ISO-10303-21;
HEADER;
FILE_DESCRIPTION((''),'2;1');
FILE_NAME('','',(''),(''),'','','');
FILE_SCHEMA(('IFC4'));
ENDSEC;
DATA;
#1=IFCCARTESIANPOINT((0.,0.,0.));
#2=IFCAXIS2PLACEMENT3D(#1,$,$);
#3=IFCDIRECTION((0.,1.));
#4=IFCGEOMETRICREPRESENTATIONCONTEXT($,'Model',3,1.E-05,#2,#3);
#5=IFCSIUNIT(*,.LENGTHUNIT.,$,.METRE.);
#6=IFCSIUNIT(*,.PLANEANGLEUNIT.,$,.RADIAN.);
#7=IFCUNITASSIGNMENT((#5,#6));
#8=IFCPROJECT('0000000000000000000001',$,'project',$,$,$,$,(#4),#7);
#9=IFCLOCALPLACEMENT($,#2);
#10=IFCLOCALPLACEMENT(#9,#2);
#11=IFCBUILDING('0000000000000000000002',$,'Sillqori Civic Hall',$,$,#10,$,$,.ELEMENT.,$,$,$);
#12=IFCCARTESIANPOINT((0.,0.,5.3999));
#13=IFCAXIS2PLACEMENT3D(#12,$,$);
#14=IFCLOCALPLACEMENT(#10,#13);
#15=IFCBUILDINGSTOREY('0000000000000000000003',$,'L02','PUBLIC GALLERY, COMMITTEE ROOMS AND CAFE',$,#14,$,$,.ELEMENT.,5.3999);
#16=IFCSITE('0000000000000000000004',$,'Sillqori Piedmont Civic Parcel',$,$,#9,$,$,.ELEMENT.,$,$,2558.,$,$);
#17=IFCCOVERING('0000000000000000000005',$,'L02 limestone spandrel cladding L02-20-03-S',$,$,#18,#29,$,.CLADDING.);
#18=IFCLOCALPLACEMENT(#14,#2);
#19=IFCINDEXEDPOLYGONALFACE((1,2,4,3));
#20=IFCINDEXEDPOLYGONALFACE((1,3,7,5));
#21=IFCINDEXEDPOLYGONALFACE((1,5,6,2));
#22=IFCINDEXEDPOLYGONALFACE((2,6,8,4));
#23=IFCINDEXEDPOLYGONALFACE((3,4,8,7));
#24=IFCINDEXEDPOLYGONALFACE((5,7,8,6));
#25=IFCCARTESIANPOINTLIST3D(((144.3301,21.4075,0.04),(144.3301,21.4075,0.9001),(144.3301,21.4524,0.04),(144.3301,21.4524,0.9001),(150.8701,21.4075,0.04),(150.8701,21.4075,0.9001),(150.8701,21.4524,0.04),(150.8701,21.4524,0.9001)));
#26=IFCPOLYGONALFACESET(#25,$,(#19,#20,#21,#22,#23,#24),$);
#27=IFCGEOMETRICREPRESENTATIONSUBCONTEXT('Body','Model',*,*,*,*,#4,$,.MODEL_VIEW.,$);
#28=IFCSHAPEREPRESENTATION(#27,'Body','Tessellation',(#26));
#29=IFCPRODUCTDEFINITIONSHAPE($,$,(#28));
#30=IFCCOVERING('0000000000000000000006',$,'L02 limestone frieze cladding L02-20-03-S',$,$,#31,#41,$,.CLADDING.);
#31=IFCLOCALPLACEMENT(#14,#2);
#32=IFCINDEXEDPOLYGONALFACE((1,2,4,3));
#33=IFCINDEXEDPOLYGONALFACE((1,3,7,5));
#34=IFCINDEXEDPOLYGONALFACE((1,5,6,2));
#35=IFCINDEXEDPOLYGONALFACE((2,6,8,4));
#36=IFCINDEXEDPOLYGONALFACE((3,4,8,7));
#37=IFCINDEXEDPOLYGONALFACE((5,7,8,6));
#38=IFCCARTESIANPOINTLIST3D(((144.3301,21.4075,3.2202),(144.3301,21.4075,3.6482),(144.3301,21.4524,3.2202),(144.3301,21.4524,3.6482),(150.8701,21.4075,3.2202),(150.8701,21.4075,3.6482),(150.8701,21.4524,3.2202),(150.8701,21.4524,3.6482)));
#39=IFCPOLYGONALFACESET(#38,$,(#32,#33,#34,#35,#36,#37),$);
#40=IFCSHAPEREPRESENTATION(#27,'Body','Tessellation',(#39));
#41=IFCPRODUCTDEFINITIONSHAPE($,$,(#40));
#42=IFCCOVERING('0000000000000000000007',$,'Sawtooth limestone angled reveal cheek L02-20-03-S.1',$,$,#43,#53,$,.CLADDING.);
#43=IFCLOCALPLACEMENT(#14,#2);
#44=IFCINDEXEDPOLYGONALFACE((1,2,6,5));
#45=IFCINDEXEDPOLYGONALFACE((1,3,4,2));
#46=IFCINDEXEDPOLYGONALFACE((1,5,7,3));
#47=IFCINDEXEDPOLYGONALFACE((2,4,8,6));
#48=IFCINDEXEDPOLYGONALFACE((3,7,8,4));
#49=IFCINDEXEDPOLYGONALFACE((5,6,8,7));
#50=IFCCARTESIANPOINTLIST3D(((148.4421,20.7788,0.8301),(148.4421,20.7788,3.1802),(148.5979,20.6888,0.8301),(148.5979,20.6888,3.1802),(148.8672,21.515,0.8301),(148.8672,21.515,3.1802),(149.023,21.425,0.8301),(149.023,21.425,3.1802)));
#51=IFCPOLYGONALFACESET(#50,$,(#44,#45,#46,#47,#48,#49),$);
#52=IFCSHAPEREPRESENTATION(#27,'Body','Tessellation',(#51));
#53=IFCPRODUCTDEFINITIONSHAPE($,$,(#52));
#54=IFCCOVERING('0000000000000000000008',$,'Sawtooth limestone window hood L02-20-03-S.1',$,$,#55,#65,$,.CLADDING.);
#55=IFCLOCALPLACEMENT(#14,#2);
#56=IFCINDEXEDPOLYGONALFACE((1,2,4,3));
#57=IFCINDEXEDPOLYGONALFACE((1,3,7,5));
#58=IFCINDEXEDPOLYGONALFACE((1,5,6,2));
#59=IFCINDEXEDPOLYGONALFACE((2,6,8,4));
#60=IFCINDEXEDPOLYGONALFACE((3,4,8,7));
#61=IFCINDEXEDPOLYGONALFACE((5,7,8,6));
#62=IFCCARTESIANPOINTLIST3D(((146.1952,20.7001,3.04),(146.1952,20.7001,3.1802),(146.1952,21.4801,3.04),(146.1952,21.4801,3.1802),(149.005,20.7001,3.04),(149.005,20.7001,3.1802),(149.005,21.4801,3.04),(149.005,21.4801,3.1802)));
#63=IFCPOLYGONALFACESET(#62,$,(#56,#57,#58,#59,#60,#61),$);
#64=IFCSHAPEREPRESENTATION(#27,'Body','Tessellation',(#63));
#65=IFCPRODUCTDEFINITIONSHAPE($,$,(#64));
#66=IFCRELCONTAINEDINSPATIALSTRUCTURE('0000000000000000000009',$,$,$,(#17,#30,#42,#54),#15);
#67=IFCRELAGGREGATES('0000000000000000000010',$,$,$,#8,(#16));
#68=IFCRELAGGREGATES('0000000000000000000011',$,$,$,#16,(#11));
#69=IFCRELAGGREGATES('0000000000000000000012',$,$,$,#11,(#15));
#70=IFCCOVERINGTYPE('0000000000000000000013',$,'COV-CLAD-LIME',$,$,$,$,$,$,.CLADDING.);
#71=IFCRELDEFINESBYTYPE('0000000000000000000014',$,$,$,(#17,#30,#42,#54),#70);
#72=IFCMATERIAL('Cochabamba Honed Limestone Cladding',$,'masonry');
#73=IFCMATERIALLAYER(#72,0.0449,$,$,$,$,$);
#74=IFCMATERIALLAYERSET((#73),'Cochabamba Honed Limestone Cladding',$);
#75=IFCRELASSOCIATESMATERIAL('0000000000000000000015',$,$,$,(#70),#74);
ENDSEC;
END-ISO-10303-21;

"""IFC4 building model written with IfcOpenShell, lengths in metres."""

from ifc_helpers import new_model, si_unit, direction, frame, frame_2d, origin, place, context, subcontext, project, spatial, rectangle, extrude, material, layer, layer_set, type_object, element, save


model = new_model("IFC4")

# Units and contexts
model_context = context("Model", 3, precision=1e-05, world=origin(), true_north=direction((0.0, 1.0)))
body_context = subcontext(model_context, "Body", "Model", "MODEL_VIEW")
ifc_project = project(units=[si_unit("LENGTHUNIT", "METRE"), si_unit("PLANEANGLEUNIT", "RADIAN")], contexts=[model_context])

# Site, building, storey
site_placement = place(None, origin())
site = spatial("IfcSite", under=ifc_project, at=site_placement, Name="Sillqori Piedmont Civic Parcel", CompositionType="ELEMENT", RefElevation=2558.0)
building_placement = place(site_placement, origin())
building = spatial("IfcBuilding", under=site, at=building_placement, Name="Sillqori Civic Hall", CompositionType="ELEMENT")
storey_placement = place(building_placement, frame((0.0, 0.0, 5.3999)))
storey = spatial("IfcBuildingStorey", under=building, at=storey_placement, Name="L02", Description="PUBLIC GALLERY, COMMITTEE ROOMS AND CAFE", CompositionType="ELEMENT", Elevation=5.3999)

# Coverings
ifc_material_1 = material(Name="Cochabamba Honed Limestone Cladding", Category="masonry")
ifc_layer_1 = layer(ifc_material_1, 0.0449)
ifc_layer_set_1 = layer_set([ifc_layer_1], Name="Cochabamba Honed Limestone Cladding")
covering_type = type_object("IfcCoveringType", Name="COV-CLAD-LIME", PredefinedType="CLADDING", material=ifc_layer_set_1)
covering_1_placement = place(storey_placement, frame((150.8701, 21.4299, 0.04), z_axis=(0.0, 0.0, 1.0), x_axis=(-1.0, 0.0, 0.0)))
element("IfcCovering", 1, at=covering_1_placement, inside=storey, type_object=covering_type, Name="L02 limestone spandrel cladding L02-20-03-S", PredefinedType="CLADDING", context=body_context, shape_type="SweptSolid", body=[
    extrude(rectangle(XDim=6.54, YDim=0.0449, at=frame_2d((3.27, 0.0))), origin(), (0.0, 0.0, 1.0), 0.8601),
])
covering_2_placement = place(storey_placement, frame((150.8701, 21.4299, 3.2202), z_axis=(0.0, 0.0, 1.0), x_axis=(-1.0, 0.0, 0.0)))
element("IfcCovering", 2, at=covering_2_placement, inside=storey, type_object=covering_type, Name="L02 limestone frieze cladding L02-20-03-S", PredefinedType="CLADDING", context=body_context, shape_type="SweptSolid", body=[
    extrude(rectangle(XDim=6.54, YDim=0.0449, at=frame_2d((3.27, 0.0))), origin(), (0.0, 0.0, 1.0), 0.428),
])
covering_3_placement = place(storey_placement, frame((148.9451, 21.47, 0.8301), z_axis=(0.0, 0.0, 1.0), x_axis=(-0.500062, -0.865989, 0.0)))
element("IfcCovering", 3, at=covering_3_placement, inside=storey, type_object=covering_type, Name="Sawtooth limestone angled reveal cheek L02-20-03-S.1", PredefinedType="CLADDING", context=body_context, shape_type="SweptSolid", body=[
    extrude(rectangle(XDim=0.8501, YDim=0.1799, at=frame_2d((0.425, 0.0))), origin(), (0.0, 0.0, 1.0), 2.3501),
])
covering_4_placement = place(storey_placement, frame((149.0049, 21.0901, 3.04), z_axis=(0.0, 0.0, 1.0), x_axis=(-1.0, 0.0, 0.0)))
element("IfcCovering", 4, at=covering_4_placement, inside=storey, type_object=covering_type, Name="Sawtooth limestone window hood L02-20-03-S.1", PredefinedType="CLADDING", context=body_context, shape_type="SweptSolid", body=[
    extrude(rectangle(XDim=2.8098, YDim=0.78, at=frame_2d((1.4048, 0.0))), origin(), (0.0, 0.0, 1.0), 0.1401),
])

save(model, "model.ifc")
